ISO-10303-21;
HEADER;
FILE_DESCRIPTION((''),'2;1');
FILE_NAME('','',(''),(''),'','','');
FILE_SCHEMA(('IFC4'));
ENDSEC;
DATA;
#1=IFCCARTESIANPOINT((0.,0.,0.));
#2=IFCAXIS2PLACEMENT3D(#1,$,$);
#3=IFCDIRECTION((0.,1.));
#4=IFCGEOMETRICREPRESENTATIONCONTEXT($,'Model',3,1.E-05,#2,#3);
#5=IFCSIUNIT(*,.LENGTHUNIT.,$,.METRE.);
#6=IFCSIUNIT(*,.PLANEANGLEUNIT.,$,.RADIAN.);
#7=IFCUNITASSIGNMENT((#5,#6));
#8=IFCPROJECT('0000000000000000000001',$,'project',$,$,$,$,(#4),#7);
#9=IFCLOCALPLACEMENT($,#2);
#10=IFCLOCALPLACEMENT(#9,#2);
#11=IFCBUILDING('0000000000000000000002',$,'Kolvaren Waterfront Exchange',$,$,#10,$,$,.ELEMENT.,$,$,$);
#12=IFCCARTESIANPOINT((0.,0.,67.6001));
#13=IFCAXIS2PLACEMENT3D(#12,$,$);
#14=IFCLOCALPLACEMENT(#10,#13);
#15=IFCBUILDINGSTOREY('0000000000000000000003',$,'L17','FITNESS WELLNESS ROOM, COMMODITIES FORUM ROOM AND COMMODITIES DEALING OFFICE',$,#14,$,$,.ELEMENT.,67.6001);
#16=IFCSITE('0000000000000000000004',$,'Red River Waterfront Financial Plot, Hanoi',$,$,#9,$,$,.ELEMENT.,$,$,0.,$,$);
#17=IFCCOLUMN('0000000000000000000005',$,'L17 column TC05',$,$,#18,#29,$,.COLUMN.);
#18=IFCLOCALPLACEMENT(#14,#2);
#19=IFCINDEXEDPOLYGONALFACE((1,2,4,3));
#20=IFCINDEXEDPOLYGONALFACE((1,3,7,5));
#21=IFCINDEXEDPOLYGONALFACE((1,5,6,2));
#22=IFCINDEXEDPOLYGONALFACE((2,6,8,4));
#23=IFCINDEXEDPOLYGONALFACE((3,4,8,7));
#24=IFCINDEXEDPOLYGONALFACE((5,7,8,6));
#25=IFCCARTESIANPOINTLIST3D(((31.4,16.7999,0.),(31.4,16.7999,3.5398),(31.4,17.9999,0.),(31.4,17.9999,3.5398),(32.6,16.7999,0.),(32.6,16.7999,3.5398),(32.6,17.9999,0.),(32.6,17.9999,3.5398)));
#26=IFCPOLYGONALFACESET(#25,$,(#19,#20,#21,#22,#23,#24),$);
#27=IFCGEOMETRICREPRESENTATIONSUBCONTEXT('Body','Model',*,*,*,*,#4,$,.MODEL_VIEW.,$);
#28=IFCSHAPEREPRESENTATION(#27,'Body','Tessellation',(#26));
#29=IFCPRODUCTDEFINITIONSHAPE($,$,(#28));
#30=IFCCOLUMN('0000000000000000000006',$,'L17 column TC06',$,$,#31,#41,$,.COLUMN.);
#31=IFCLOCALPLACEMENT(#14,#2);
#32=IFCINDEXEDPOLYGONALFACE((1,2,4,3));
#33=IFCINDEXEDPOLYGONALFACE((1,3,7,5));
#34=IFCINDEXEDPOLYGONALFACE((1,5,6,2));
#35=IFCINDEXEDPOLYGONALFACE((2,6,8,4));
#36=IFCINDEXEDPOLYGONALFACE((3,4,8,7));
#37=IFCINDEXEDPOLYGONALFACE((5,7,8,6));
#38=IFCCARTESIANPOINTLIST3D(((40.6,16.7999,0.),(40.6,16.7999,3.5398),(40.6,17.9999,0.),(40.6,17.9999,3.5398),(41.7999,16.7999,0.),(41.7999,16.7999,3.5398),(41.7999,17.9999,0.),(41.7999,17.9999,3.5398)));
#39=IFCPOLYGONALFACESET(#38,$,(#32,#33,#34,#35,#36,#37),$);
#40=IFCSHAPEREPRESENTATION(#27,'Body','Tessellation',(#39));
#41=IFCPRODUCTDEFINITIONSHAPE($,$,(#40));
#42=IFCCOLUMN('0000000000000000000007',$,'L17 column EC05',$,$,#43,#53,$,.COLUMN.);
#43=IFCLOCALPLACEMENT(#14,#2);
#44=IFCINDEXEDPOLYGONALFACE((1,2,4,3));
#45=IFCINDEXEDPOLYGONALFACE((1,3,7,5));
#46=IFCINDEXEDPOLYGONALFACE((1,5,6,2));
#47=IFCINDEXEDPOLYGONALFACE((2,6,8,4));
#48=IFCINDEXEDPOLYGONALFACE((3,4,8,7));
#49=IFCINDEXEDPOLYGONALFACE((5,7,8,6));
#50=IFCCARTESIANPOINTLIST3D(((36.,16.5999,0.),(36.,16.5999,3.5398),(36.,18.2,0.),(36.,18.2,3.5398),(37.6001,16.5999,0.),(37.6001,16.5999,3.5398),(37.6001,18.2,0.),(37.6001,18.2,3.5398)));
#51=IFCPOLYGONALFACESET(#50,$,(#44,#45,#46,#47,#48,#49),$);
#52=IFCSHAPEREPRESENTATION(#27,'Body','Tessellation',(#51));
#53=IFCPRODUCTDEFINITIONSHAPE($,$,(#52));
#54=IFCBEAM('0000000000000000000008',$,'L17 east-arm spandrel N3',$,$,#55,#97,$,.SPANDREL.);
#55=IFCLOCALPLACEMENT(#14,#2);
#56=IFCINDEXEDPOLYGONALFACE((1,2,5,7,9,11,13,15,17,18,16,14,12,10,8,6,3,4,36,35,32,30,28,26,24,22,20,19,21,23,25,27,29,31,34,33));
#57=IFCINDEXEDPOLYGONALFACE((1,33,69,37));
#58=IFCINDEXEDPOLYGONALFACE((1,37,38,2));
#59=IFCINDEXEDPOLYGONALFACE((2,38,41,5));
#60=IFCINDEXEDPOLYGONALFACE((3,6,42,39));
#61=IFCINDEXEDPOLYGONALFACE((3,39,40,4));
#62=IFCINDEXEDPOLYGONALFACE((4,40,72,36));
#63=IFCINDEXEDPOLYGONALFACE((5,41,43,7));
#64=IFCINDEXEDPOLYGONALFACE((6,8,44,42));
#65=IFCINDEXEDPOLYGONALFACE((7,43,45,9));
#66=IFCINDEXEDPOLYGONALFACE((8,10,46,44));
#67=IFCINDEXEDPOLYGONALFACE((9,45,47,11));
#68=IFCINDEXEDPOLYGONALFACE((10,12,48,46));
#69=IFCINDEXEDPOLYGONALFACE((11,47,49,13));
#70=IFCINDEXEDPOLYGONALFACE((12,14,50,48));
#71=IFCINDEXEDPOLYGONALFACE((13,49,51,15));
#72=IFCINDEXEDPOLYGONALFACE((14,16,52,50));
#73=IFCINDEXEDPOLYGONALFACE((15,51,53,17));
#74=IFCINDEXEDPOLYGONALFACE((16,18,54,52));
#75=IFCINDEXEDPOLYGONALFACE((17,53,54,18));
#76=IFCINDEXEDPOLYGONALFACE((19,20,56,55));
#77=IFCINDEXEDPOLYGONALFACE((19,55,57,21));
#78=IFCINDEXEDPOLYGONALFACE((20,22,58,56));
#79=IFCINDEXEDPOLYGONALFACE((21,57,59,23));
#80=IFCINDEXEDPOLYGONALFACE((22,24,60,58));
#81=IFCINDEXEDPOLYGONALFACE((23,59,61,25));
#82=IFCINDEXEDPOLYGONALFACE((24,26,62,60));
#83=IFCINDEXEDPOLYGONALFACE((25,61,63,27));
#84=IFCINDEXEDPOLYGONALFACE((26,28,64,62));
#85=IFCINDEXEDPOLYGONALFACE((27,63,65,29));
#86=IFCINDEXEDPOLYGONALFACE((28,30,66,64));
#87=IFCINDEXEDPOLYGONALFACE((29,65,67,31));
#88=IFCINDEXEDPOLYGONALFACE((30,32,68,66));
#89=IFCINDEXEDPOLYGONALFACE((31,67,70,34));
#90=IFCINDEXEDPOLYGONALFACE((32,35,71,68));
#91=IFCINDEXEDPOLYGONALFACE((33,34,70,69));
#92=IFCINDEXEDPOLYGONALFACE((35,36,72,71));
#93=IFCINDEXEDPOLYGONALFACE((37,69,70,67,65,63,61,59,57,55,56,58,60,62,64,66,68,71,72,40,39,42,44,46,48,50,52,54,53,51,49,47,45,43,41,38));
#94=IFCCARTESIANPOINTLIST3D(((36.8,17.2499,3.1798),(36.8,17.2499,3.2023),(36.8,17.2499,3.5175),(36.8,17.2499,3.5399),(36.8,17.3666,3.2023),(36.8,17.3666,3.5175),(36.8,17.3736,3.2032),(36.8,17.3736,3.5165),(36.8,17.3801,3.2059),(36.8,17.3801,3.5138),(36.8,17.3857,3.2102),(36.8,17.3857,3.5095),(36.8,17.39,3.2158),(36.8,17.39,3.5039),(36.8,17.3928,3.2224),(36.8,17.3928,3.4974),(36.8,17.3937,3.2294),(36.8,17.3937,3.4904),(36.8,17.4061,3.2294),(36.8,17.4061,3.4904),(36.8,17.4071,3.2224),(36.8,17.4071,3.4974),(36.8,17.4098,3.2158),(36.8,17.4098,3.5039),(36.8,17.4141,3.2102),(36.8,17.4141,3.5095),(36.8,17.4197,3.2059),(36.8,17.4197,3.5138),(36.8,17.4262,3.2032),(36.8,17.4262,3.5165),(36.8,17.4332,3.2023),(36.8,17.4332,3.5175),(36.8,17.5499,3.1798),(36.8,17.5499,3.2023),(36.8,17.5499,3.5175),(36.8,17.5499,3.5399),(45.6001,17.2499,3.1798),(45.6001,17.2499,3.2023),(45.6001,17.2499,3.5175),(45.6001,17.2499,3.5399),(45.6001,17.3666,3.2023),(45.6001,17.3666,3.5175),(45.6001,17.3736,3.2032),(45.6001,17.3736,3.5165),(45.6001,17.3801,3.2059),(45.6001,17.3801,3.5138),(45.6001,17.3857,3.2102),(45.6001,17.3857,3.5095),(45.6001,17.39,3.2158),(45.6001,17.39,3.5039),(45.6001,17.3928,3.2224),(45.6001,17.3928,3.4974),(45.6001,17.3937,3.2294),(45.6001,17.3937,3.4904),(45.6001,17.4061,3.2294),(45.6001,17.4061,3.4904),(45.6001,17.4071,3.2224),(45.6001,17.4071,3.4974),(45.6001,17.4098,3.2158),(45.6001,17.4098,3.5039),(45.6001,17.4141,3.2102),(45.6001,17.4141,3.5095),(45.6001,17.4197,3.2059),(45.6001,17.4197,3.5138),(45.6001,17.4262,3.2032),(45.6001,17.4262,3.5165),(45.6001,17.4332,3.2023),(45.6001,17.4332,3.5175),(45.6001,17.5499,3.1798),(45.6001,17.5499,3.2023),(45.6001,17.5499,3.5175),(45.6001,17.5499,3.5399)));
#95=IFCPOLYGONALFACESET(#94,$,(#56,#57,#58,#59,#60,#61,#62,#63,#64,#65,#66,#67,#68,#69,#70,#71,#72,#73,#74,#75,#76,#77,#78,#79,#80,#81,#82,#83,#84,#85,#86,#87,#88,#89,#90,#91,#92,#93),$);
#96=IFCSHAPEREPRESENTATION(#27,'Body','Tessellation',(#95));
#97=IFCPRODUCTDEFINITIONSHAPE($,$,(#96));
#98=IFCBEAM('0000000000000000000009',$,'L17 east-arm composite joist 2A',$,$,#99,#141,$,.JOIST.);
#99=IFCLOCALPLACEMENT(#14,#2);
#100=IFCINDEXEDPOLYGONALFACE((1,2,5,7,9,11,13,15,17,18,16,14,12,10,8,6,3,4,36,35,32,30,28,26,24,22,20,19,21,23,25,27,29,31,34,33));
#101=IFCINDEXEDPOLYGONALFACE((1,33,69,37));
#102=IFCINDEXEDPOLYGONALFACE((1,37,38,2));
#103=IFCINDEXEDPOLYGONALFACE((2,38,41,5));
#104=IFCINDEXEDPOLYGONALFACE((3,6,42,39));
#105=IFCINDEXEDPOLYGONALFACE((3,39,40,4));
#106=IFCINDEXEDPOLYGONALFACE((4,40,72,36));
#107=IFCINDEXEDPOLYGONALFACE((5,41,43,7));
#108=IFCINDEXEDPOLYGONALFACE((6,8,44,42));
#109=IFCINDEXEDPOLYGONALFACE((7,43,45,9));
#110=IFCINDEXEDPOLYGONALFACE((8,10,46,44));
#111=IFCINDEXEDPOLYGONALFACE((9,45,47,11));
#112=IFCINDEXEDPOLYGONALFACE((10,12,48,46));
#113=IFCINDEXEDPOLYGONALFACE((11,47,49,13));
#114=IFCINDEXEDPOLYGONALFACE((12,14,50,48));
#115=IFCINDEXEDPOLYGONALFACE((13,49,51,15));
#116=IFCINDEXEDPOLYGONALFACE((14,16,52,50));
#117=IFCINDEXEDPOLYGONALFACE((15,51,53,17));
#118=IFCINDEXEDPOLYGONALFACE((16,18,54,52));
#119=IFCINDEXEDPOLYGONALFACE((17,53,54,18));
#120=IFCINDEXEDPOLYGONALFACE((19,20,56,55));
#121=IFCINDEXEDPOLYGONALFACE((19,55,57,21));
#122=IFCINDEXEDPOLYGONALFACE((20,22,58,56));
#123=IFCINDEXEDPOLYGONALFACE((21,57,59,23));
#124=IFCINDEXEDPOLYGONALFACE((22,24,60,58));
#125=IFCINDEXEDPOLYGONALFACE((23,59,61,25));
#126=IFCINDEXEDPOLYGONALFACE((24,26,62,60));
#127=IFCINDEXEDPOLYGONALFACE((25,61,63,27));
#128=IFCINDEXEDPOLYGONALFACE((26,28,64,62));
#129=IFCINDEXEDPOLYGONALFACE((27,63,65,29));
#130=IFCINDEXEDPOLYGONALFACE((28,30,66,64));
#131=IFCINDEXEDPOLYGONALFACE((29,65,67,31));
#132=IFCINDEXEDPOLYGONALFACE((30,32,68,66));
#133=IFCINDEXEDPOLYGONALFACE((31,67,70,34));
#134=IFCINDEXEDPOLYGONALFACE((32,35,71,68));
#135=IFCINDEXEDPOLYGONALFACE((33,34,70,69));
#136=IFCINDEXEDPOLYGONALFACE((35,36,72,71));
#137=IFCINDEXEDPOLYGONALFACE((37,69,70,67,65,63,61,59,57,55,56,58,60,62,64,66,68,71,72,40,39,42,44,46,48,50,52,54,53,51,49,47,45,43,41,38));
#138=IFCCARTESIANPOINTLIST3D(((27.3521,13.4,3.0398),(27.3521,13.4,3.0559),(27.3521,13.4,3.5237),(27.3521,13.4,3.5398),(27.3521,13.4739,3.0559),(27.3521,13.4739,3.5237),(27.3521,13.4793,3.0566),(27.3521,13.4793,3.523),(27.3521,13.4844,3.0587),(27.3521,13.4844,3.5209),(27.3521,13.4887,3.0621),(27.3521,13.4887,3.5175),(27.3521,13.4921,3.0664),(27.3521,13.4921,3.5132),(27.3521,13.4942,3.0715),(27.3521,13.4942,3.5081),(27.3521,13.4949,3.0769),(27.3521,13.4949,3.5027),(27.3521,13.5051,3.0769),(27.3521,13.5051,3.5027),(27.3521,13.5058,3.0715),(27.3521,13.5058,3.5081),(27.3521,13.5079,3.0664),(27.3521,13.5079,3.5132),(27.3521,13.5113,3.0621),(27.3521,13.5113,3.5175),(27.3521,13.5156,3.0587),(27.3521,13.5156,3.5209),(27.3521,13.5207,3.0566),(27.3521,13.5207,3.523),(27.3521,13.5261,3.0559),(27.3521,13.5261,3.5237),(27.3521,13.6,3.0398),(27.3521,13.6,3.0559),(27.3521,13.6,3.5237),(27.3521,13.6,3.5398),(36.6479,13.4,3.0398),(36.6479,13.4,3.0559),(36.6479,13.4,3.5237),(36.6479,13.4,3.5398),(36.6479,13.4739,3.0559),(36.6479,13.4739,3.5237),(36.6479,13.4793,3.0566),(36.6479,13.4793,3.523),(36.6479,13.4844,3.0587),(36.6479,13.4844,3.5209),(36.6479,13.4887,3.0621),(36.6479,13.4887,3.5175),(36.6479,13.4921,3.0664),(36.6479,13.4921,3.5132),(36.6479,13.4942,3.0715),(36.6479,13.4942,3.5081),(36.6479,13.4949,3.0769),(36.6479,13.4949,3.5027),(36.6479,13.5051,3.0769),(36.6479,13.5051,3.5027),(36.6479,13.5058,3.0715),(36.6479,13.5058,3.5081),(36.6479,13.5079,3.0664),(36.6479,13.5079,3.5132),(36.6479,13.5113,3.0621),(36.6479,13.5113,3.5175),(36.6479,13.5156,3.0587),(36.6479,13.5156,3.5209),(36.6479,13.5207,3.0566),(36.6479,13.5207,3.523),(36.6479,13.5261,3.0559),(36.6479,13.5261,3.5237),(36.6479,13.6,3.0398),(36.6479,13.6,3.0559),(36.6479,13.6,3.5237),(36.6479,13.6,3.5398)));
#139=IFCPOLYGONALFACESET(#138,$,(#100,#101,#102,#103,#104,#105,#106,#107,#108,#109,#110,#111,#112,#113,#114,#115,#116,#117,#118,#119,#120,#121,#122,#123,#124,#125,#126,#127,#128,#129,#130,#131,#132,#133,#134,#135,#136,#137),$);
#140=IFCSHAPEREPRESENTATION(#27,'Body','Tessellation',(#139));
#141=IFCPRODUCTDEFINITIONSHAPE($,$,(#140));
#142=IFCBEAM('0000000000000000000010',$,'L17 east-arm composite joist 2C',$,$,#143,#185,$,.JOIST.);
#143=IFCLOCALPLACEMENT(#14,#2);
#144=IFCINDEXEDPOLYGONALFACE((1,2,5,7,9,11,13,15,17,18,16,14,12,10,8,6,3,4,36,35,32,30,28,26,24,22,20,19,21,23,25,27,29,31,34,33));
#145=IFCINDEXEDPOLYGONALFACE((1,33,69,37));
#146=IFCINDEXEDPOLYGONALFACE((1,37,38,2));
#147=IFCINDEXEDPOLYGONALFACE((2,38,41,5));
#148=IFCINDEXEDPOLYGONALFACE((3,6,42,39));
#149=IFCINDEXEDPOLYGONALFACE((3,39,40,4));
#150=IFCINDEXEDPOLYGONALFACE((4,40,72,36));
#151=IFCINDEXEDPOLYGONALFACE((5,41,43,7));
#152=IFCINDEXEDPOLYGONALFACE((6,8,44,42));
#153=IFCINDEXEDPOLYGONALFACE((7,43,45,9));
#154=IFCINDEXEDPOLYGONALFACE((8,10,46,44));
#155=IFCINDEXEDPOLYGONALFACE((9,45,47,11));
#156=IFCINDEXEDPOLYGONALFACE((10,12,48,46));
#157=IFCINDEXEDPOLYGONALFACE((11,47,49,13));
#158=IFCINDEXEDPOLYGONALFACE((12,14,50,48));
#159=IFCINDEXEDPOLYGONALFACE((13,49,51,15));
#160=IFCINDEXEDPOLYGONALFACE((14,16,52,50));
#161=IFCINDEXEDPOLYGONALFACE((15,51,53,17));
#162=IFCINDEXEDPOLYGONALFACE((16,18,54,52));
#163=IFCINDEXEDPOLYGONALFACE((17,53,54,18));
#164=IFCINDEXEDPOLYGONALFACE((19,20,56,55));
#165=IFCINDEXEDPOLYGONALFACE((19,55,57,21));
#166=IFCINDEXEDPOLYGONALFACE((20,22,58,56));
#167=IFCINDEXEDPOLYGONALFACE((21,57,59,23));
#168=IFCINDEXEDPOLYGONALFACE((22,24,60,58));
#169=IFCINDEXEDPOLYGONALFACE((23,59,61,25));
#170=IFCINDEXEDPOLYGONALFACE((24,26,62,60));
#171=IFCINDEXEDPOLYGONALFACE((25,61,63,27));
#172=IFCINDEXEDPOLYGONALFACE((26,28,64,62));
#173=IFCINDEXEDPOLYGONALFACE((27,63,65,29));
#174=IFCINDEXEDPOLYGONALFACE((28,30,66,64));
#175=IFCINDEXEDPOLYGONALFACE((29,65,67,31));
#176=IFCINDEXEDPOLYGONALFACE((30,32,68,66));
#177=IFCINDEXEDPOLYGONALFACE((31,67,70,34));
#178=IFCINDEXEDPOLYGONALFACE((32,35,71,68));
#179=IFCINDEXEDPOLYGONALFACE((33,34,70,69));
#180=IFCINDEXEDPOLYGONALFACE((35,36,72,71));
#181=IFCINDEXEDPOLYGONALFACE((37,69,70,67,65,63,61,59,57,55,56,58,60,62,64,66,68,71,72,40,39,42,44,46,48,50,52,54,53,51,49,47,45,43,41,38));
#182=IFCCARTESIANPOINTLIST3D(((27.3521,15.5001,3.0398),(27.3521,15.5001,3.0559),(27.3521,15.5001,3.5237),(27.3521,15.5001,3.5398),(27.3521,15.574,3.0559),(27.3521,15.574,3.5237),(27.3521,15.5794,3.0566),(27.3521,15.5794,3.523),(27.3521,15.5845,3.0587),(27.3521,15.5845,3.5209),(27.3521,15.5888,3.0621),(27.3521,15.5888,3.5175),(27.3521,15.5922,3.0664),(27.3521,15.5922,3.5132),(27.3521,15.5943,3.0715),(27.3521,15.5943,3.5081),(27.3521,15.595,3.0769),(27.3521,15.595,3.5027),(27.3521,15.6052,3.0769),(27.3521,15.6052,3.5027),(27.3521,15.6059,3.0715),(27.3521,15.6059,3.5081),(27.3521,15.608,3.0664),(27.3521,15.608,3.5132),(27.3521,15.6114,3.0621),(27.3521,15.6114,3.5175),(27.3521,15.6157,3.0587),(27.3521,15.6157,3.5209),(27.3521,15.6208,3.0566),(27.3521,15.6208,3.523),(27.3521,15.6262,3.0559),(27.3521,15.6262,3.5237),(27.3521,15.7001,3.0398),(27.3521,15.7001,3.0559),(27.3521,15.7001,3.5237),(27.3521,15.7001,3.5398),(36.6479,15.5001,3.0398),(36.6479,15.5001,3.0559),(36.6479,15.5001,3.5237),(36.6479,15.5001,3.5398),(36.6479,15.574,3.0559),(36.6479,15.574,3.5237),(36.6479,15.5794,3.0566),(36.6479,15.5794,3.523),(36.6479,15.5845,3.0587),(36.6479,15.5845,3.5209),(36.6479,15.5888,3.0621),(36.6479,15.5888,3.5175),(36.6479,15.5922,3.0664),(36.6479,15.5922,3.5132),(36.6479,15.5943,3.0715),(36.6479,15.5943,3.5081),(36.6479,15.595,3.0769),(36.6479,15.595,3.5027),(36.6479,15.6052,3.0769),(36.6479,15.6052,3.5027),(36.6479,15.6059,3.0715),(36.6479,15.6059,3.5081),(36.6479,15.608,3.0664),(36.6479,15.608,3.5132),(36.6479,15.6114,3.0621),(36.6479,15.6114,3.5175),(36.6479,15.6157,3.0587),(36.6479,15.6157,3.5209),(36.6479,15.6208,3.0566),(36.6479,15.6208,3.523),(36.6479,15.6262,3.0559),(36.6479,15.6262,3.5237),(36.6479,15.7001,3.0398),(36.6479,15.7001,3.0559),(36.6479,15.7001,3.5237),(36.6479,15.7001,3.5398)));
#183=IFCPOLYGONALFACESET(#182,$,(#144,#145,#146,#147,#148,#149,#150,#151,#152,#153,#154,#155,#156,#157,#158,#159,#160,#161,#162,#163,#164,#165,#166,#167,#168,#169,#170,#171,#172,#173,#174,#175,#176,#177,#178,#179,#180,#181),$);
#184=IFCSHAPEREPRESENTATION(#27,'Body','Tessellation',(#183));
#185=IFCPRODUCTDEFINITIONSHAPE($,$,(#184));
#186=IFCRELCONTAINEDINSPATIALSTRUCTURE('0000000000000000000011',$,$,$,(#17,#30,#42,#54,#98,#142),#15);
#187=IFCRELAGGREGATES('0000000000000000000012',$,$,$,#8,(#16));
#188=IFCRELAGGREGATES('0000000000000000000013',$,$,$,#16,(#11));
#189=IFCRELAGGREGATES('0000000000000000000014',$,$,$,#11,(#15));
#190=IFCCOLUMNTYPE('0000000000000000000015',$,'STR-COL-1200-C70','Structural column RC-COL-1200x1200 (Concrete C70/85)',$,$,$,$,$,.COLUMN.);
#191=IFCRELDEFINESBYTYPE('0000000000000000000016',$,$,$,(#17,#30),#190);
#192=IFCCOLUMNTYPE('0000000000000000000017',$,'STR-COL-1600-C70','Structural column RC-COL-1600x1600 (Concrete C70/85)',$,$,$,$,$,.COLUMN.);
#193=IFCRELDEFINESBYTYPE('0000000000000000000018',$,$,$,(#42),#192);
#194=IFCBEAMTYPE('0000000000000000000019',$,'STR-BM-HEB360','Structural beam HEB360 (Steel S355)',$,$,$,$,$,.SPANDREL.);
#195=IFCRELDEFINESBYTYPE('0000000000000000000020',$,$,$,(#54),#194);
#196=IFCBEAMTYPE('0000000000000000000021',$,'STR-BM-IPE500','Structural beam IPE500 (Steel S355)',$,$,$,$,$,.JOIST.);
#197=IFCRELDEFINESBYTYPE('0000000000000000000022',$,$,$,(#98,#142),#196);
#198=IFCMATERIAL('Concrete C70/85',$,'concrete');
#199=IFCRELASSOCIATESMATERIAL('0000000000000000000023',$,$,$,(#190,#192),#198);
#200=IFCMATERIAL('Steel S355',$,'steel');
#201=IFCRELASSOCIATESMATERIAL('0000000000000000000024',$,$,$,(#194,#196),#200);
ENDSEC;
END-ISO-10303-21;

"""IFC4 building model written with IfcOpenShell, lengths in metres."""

from ifc_helpers import new_model, si_unit, direction, frame, origin, origin_2d, place, context, subcontext, project, spatial, rectangle, i_section, extrude, material, material_profile, profile_set, type_object, element, save


model = new_model("IFC4")

# Units and contexts
model_context = context("Model", 3, precision=1e-05, world=origin(), true_north=direction((0.0, 1.0)))
body_context = subcontext(model_context, "Body", "Model", "MODEL_VIEW")
ifc_project = project(units=[si_unit("LENGTHUNIT", "METRE"), si_unit("PLANEANGLEUNIT", "RADIAN")], contexts=[model_context])

# Site, building, storey
site_placement = place(None, origin())
site = spatial("IfcSite", under=ifc_project, at=site_placement, Name="Red River Waterfront Financial Plot, Hanoi", CompositionType="ELEMENT", RefElevation=0.0)
building_placement = place(site_placement, origin())
building = spatial("IfcBuilding", under=site, at=building_placement, Name="Kolvaren Waterfront Exchange", CompositionType="ELEMENT")
storey_placement = place(building_placement, frame((0.0, 0.0, 67.6001)))
storey = spatial("IfcBuildingStorey", under=building, at=storey_placement, Name="L17", Description="FITNESS WELLNESS ROOM, COMMODITIES FORUM ROOM AND COMMODITIES DEALING OFFICE", CompositionType="ELEMENT", Elevation=67.6001)

# Columns
ifc_material_1 = material(Name="Concrete C70/85", Category="concrete")
ifc_material_profile_1 = material_profile(ifc_material_1, rectangle(XDim=1.2, YDim=1.2, at=origin_2d()), Name="RC-COL-1200x1200")
ifc_profile_set_1 = profile_set([ifc_material_profile_1], Name="Concrete C70/85")
column_type_1 = type_object("IfcColumnType", Name="STR-COL-1200-C70", Description="Structural column RC-COL-1200x1200 (Concrete C70/85)", PredefinedType="COLUMN", material=ifc_profile_set_1)
for number, where, z_axis, x_axis, name in (
    (1, (32.0, 17.3999, 0.0), (0.0, 0.0, 1.0), (1.0, 0.0, 0.0), "L17 column TC05"),
    (2, (41.2, 17.3999, 0.0), (0.0, 0.0, 1.0), (1.0, 0.0, 0.0), "L17 column TC06"),
):
    element("IfcColumn", number, at=place(storey_placement, frame(where, z_axis=z_axis, x_axis=x_axis)), inside=storey, type_object=column_type_1, Name=name, PredefinedType="COLUMN", context=body_context, shape_type="SweptSolid", body=[
        extrude(rectangle(XDim=1.2, YDim=1.2, at=origin_2d()), origin(), (0.0, 0.0, 1.0), 3.5398),
    ])
ifc_material_profile_2 = material_profile(ifc_material_1, rectangle(XDim=1.6001, YDim=1.6001, at=origin_2d()), Name="RC-COL-1600x1600")
ifc_profile_set_2 = profile_set([ifc_material_profile_2], Name="Concrete C70/85")
column_type_2 = type_object("IfcColumnType", Name="STR-COL-1600-C70", Description="Structural column RC-COL-1600x1600 (Concrete C70/85)", PredefinedType="COLUMN", material=ifc_profile_set_2)
column_placement = place(storey_placement, frame((36.8, 17.3999, 0.0), z_axis=(0.0, 0.0, 1.0), x_axis=(1.0, 0.0, 0.0)))
element("IfcColumn", 3, at=column_placement, inside=storey, type_object=column_type_2, Name="L17 column EC05", PredefinedType="COLUMN", context=body_context, shape_type="SweptSolid", body=[
    extrude(rectangle(XDim=1.6001, YDim=1.6001, at=origin_2d()), origin(), (0.0, 0.0, 1.0), 3.5398),
])

# Beams
ifc_material_2 = material(Name="Steel S355", Category="steel")
ifc_material_profile_3 = material_profile(ifc_material_2, i_section(OverallWidth=0.3, OverallDepth=0.3601, WebThickness=0.0125, FlangeThickness=0.0225, FilletRadius=0.0271, at=origin_2d()), Name="HEB360")
ifc_profile_set_3 = profile_set([ifc_material_profile_3], Name="Steel S355")
beam_type_1 = type_object("IfcBeamType", Name="STR-BM-HEB360", Description="Structural beam HEB360 (Steel S355)", PredefinedType="SPANDREL", material=ifc_profile_set_3)
beam_placement = place(storey_placement, frame((36.8, 17.3999, 3.3599), z_axis=(1.0, 0.0, 0.0), x_axis=(0.0, 1.0, 0.0)))
element("IfcBeam", 4, at=beam_placement, inside=storey, type_object=beam_type_1, Name="L17 east-arm spandrel N3", PredefinedType="SPANDREL", context=body_context, shape_type="SweptSolid", body=[
    extrude(i_section(OverallWidth=0.3, OverallDepth=0.3601, WebThickness=0.0125, FlangeThickness=0.0225, FilletRadius=0.0271, at=origin_2d()), origin(), (0.0, 0.0, 1.0), 8.8),
])
ifc_material_profile_4 = material_profile(ifc_material_2, i_section(OverallWidth=0.2, OverallDepth=0.5, WebThickness=0.0103, FlangeThickness=0.0161, FilletRadius=0.021, at=origin_2d()), Name="IPE500")
ifc_profile_set_4 = profile_set([ifc_material_profile_4], Name="Steel S355")
beam_type_2 = type_object("IfcBeamType", Name="STR-BM-IPE500", Description="Structural beam IPE500 (Steel S355)", PredefinedType="JOIST", material=ifc_profile_set_4)
for number, where, z_axis, x_axis, name in (
    (5, (27.3521, 13.5, 3.2898), (1.0, 0.0, 0.0), (0.0, 1.0, 0.0), "L17 east-arm composite joist 2A"),
    (6, (27.3521, 15.6001, 3.2898), (1.0, 0.0, 0.0), (0.0, 1.0, 0.0), "L17 east-arm composite joist 2C"),
):
    element("IfcBeam", number, at=place(storey_placement, frame(where, z_axis=z_axis, x_axis=x_axis)), inside=storey, type_object=beam_type_2, Name=name, PredefinedType="JOIST", context=body_context, shape_type="SweptSolid", body=[
        extrude(i_section(OverallWidth=0.2, OverallDepth=0.5, WebThickness=0.0103, FlangeThickness=0.0161, FilletRadius=0.021, at=origin_2d()), origin(), (0.0, 0.0, 1.0), 9.2959),
    ])

save(model, "model.ifc")
